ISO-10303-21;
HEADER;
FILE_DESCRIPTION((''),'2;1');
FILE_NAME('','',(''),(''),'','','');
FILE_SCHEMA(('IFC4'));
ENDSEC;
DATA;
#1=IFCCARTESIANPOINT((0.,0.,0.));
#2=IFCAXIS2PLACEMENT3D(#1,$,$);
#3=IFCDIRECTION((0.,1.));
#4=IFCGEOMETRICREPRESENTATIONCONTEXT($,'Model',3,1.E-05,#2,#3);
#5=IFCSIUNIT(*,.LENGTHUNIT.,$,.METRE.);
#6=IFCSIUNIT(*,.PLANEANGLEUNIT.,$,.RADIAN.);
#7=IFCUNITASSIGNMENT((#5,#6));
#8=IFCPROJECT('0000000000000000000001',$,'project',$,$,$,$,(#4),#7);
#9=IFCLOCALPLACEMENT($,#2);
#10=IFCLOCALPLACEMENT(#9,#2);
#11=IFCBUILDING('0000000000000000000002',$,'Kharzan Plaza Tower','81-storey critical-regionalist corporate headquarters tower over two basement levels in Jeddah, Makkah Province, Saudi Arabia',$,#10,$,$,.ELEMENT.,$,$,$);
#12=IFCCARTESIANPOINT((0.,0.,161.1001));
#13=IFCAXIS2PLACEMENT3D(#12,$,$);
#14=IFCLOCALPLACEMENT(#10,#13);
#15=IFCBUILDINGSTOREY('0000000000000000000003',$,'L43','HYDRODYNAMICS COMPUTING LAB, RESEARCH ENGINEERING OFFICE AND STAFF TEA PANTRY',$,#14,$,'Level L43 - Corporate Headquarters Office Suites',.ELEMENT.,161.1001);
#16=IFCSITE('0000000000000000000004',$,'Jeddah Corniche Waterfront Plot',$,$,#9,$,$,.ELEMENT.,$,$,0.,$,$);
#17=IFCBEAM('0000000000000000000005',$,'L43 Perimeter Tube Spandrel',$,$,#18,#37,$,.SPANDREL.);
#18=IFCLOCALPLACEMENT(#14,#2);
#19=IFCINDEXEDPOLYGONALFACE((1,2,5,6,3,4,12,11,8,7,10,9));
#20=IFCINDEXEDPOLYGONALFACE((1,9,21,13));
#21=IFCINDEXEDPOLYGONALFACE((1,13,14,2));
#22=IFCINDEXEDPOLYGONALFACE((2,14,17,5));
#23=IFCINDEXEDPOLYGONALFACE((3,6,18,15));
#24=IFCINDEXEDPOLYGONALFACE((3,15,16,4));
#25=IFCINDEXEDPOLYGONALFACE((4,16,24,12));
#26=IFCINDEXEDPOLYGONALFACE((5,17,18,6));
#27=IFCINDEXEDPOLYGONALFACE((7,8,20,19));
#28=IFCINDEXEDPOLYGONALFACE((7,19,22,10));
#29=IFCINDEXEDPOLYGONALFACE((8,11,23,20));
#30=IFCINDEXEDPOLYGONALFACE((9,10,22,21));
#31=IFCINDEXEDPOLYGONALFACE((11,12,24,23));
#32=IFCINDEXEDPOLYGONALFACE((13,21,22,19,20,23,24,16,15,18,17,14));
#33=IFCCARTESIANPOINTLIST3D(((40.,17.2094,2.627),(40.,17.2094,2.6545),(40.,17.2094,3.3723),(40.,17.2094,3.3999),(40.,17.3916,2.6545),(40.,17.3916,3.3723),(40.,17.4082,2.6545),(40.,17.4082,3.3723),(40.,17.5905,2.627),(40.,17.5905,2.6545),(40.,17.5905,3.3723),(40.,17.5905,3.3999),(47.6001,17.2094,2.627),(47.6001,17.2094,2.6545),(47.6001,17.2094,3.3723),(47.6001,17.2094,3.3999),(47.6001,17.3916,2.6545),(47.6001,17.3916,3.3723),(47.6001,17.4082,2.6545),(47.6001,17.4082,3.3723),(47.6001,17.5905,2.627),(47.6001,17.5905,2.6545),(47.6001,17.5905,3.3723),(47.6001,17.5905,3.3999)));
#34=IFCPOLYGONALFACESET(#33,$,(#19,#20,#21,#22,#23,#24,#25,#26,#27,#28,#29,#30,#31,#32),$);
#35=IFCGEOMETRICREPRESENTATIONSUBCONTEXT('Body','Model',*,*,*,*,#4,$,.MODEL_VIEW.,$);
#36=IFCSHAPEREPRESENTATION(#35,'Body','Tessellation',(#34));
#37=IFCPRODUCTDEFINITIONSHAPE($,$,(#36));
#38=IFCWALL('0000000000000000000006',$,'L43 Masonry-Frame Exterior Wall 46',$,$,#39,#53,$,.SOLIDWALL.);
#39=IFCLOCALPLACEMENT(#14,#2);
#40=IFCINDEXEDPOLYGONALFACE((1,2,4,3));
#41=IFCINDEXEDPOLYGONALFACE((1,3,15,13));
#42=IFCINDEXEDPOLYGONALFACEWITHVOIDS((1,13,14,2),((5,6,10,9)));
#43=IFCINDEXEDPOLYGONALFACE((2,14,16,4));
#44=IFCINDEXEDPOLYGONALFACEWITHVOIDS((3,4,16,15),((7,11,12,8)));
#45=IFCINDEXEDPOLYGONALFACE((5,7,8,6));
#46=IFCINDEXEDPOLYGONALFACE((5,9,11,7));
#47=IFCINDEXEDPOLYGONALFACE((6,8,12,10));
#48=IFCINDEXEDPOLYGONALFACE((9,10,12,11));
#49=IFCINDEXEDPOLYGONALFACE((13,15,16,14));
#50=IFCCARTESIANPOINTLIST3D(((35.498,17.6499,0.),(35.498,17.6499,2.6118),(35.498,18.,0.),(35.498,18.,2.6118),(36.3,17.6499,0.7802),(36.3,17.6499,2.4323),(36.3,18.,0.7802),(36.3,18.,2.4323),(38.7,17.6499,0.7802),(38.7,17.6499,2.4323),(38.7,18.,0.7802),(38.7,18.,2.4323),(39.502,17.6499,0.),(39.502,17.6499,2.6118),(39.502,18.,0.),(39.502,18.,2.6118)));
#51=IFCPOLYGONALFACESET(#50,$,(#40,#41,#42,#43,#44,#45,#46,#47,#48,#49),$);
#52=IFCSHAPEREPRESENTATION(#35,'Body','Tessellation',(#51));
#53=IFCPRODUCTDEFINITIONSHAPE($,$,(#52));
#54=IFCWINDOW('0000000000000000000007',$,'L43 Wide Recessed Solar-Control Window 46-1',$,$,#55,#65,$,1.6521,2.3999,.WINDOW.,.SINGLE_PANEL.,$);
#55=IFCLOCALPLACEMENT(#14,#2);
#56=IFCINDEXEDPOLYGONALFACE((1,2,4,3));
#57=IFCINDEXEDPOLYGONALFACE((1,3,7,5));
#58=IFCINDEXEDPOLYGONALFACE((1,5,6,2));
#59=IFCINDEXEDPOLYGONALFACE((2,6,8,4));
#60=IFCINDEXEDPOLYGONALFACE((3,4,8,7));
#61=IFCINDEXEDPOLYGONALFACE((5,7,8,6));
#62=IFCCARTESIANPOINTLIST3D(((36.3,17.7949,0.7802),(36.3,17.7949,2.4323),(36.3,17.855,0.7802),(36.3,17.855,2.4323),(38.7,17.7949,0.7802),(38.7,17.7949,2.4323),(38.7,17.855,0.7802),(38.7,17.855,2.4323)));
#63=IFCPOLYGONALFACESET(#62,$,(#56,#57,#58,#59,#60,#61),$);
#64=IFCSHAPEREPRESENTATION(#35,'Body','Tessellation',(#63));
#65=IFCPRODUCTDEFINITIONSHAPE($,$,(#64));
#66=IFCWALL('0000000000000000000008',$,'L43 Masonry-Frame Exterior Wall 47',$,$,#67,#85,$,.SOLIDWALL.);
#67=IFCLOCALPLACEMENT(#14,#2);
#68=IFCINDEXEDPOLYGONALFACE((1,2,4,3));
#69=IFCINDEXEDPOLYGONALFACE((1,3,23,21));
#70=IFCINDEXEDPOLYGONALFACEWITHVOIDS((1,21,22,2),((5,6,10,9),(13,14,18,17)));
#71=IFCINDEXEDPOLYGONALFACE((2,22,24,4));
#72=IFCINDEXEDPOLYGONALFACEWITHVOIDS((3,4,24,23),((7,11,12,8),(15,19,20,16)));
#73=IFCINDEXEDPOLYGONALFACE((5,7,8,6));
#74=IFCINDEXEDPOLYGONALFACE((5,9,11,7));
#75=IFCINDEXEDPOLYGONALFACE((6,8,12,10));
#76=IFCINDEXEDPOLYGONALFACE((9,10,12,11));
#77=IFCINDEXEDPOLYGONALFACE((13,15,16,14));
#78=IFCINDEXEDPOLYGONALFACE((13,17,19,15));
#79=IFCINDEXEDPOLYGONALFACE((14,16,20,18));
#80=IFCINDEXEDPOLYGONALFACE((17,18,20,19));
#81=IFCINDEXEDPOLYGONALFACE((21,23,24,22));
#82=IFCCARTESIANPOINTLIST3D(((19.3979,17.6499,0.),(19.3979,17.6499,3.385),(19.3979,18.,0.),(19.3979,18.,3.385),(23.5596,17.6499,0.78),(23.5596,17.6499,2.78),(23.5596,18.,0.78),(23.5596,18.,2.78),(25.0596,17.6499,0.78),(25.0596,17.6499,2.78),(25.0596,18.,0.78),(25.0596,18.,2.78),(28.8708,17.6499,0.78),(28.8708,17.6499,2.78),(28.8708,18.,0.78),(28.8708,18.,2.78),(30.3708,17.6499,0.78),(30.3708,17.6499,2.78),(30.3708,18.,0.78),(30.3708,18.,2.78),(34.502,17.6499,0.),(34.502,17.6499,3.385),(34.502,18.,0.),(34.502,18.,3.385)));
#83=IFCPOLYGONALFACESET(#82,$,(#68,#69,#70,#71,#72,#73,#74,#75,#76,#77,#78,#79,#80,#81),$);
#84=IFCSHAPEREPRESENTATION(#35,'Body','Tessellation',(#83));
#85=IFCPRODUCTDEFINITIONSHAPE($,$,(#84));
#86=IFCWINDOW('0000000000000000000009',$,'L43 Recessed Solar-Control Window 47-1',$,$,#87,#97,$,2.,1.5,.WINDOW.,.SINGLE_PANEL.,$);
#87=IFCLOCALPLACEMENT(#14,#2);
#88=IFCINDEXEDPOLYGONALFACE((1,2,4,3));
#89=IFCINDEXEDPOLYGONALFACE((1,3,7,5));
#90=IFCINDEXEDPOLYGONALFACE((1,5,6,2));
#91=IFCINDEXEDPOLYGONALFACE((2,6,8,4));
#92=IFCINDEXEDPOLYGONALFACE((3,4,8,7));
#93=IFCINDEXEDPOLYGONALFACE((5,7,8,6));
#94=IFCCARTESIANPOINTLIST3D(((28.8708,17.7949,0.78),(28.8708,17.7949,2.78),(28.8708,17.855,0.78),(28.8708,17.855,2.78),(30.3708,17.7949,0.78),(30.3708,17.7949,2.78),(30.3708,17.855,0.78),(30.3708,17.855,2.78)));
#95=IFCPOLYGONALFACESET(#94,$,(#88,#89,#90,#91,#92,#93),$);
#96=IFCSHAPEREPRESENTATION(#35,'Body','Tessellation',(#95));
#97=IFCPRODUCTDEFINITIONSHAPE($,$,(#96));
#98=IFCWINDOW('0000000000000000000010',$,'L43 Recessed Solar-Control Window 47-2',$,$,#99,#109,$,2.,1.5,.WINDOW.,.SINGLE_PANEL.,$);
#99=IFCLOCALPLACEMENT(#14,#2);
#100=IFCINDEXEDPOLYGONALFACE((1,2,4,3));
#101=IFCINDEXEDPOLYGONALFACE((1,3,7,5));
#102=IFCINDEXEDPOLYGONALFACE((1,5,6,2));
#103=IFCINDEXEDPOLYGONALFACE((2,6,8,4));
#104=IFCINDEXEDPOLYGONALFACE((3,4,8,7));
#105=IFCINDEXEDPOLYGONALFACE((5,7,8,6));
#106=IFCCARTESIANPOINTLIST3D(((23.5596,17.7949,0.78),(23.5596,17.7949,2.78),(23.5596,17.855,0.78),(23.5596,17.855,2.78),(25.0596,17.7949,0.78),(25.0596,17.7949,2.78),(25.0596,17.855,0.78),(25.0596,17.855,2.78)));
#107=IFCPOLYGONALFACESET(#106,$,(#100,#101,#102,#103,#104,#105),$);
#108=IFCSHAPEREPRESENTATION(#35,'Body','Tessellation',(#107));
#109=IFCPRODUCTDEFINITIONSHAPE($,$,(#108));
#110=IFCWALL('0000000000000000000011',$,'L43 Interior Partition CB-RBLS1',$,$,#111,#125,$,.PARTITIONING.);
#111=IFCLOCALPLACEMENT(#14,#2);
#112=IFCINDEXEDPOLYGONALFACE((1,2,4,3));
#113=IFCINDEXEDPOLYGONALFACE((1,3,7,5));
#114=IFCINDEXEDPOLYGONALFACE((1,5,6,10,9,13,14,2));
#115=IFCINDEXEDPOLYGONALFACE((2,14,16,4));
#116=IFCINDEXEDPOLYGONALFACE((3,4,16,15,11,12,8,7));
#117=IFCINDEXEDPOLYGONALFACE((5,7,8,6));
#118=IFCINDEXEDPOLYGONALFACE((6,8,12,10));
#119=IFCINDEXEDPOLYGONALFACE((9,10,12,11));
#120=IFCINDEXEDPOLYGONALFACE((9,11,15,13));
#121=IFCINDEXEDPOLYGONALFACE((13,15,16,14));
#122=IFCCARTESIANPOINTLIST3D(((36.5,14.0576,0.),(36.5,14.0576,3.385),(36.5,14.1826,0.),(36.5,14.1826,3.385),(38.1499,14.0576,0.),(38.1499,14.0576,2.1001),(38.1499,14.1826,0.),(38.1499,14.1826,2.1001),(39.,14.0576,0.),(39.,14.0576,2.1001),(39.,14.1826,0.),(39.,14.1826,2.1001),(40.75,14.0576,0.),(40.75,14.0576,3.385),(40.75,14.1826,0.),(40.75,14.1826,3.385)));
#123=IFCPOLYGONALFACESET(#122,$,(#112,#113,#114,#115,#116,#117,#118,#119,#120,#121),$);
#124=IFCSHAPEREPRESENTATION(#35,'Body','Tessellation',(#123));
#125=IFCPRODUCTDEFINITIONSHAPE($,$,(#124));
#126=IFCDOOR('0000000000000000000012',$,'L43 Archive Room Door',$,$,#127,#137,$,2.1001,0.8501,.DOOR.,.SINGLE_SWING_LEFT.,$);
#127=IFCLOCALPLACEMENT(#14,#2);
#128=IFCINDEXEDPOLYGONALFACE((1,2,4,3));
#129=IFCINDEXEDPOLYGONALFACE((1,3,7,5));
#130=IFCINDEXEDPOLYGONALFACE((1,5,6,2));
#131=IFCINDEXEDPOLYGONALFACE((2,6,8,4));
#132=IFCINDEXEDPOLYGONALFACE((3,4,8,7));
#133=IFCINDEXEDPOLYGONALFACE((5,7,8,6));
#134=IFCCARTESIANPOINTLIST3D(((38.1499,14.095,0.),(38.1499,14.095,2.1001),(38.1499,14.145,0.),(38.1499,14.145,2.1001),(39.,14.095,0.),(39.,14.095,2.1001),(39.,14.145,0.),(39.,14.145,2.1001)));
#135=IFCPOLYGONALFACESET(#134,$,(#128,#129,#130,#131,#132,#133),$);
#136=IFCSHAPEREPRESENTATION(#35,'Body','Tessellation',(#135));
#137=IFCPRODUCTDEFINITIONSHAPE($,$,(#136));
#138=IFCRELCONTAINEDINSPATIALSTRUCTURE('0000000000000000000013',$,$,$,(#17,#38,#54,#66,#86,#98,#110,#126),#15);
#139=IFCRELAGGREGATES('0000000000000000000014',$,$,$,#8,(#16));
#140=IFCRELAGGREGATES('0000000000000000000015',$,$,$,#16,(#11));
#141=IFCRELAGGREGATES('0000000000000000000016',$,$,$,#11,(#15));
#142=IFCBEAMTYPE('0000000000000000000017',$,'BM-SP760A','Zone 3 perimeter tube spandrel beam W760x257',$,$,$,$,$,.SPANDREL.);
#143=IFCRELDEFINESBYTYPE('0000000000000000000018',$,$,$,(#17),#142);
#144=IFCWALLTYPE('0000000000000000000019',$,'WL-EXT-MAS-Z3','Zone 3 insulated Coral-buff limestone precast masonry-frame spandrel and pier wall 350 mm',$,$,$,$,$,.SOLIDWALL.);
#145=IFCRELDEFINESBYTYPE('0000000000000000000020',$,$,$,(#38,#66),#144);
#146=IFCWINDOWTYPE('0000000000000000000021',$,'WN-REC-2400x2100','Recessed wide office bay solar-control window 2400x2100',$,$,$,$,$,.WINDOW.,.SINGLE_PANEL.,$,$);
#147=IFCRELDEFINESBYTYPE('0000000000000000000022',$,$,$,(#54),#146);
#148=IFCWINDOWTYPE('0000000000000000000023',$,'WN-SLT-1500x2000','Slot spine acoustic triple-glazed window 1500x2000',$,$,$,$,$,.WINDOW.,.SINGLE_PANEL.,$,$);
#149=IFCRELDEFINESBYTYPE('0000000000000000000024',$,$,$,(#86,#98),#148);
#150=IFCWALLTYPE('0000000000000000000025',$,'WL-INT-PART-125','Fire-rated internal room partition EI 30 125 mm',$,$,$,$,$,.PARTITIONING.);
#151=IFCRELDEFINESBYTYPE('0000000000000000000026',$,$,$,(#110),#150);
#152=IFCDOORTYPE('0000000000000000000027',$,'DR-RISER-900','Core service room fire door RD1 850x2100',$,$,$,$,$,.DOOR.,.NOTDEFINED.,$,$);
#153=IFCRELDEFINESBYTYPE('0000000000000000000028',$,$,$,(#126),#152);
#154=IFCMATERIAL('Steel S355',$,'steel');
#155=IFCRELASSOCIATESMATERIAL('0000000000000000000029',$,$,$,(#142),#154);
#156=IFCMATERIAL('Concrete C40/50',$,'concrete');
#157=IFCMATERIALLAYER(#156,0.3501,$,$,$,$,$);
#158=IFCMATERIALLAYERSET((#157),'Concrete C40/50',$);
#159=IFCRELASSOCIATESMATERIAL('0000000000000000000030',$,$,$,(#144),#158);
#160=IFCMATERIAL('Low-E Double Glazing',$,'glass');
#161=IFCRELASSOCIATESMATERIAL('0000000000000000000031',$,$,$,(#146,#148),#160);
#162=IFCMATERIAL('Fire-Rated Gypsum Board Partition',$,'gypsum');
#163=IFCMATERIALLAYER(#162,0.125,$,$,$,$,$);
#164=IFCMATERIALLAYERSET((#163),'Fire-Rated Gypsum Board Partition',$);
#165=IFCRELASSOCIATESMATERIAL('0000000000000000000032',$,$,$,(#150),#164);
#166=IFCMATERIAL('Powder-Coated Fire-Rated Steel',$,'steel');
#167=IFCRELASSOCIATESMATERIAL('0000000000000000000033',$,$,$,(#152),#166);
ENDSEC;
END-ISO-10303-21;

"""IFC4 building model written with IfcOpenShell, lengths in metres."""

from ifc_helpers import new_model, si_unit, direction, frame, frame_2d, origin, origin_2d, place, context, subcontext, project, spatial, rectangle, i_section, extrude, source, transform, mapped, material, layer, layer_set, material_profile, profile_set, type_object, element, fill, save


model = new_model("IFC4")

# Units and contexts
model_context = context("Model", 3, precision=1e-05, world=origin(), true_north=direction((0.0, 1.0)))
body_context = subcontext(model_context, "Body", "Model", "MODEL_VIEW")
ifc_project = project(units=[si_unit("LENGTHUNIT", "METRE"), si_unit("PLANEANGLEUNIT", "RADIAN")], contexts=[model_context])

# Site, building, storey
site_placement = place(None, origin())
site = spatial("IfcSite", under=ifc_project, at=site_placement, Name="Jeddah Corniche Waterfront Plot", CompositionType="ELEMENT", RefElevation=0.0)
building_placement = place(site_placement, origin())
building = spatial("IfcBuilding", under=site, at=building_placement, Name="Kharzan Plaza Tower", Description="81-storey critical-regionalist corporate headquarters tower over two basement levels in Jeddah, Makkah Province, Saudi Arabia", CompositionType="ELEMENT")
storey_placement = place(building_placement, frame((0.0, 0.0, 161.1001)))
storey = spatial("IfcBuildingStorey", under=building, at=storey_placement, Name="L43", Description="HYDRODYNAMICS COMPUTING LAB, RESEARCH ENGINEERING OFFICE AND STAFF TEA PANTRY", LongName="Level L43 - Corporate Headquarters Office Suites", CompositionType="ELEMENT", Elevation=161.1001)

# Beam
ifc_material_1 = material(Name="Steel S355", Category="steel")
ifc_material_profile_1 = material_profile(ifc_material_1, i_section(OverallWidth=0.3811, OverallDepth=0.7729, WebThickness=0.0166, FlangeThickness=0.0276, at=origin_2d()), Name="W760x257")
ifc_profile_set_1 = profile_set([ifc_material_profile_1], Name="Steel S355")
beam_type_1 = type_object("IfcBeamType", Name="BM-SP760A", Description="Zone 3 perimeter tube spandrel beam W760x257", PredefinedType="SPANDREL", material=ifc_profile_set_1)
shared_shape_1 = source(origin(), body_context, "Body", "SweptSolid", [
    extrude(i_section(OverallWidth=0.3811, OverallDepth=0.7729, WebThickness=0.0166, FlangeThickness=0.0276, at=origin_2d()), origin(), (0.0, 0.0, 1.0), 7.6001),
])
beam_1_placement = place(storey_placement, frame((40.0, 17.3999, 3.0134), z_axis=(1.0, 0.0, 0.0), x_axis=(0.0, 1.0, 0.0)))
element("IfcBeam", 1, at=beam_1_placement, inside=storey, type_object=beam_type_1, Name="L43 Perimeter Tube Spandrel", PredefinedType="SPANDREL", context=body_context, shape_type="MappedRepresentation", body=[
    mapped(shared_shape_1, transform((0.0, 0.0, 0.0), x_axis=(1.0, 0.0, 0.0), y_axis=(0.0, 1.0, 0.0), z_axis=(0.0, 0.0, 1.0))),
])

# Wall, opening, window
ifc_material_2 = material(Name="Concrete C40/50", Category="concrete")
ifc_layer_1 = layer(ifc_material_2, 0.3501)
ifc_layer_set_1 = layer_set([ifc_layer_1], Name="Concrete C40/50")
wall_type_1 = type_object("IfcWallType", Name="WL-EXT-MAS-Z3", Description="Zone 3 insulated Coral-buff limestone precast masonry-frame spandrel and pier wall 350 mm", PredefinedType="SOLIDWALL", material=ifc_layer_set_1)
wall_1_placement = place(storey_placement, frame((39.502, 17.825, 0.0), z_axis=(0.0, 0.0, 1.0), x_axis=(-1.0, 0.0, 0.0)))
wall_1 = element("IfcWall", 2, at=wall_1_placement, inside=storey, type_object=wall_type_1, Name="L43 Masonry-Frame Exterior Wall 46", PredefinedType="SOLIDWALL", context=body_context, shape_type="SweptSolid", body=[
    extrude(rectangle(XDim=4.0039, YDim=0.3501, at=frame_2d((2.002, 0.0))), origin(), (0.0, 0.0, 1.0), 2.6118),
])
opening_1_placement = place(wall_1_placement, frame((0.802, 0.0, 0.78)))
opening_1 = element("IfcOpeningElement", 3, at=opening_1_placement, cuts=wall_1, PredefinedType="OPENING", context=body_context, shape_type="SweptSolid", body=[
    extrude(rectangle(XDim=2.3999, YDim=1.6521, at=frame_2d((1.2, 0.8262))), frame((0.0, 0.1851, 0.0), z_axis=(0.0, -1.0, 0.0), x_axis=(1.0, 0.0, 0.0)), (0.0, 0.0, 1.0), 0.3701),
])
ifc_material_3 = material(Name="Low-E Double Glazing", Category="glass")
window_type_1 = type_object("IfcWindowType", Name="WN-REC-2400x2100", Description="Recessed wide office bay solar-control window 2400x2100", PartitioningType="SINGLE_PANEL", PredefinedType="WINDOW", material=ifc_material_3)
shared_shape_2 = source(origin(), body_context, "Body", "SweptSolid", [
    extrude(rectangle(XDim=2.3999, YDim=1.6521, at=frame_2d((1.2, 0.8262))), frame((0.0, 0.03, 0.0), z_axis=(0.0, -1.0, 0.0), x_axis=(1.0, 0.0, 0.0)), (0.0, 0.0, 1.0), 0.0601),
])
window_1_placement = place(opening_1_placement, origin())
window_1 = element("IfcWindow", 4, at=window_1_placement, inside=storey, type_object=window_type_1, Name="L43 Wide Recessed Solar-Control Window 46-1", OverallHeight=1.6521, OverallWidth=2.3999, PartitioningType="SINGLE_PANEL", PredefinedType="WINDOW", context=body_context, shape_type="MappedRepresentation", body=[
    mapped(shared_shape_2, transform((0.0, 0.0, 0.0), x_axis=(1.0, 0.0, 0.0), y_axis=(0.0, 1.0, 0.0), z_axis=(0.0, 0.0, 1.0))),
])
fill(opening_1, window_1)

# Wall, openings, windows
wall_2_placement = place(storey_placement, frame((34.502, 17.825, 0.0), z_axis=(0.0, 0.0, 1.0), x_axis=(-1.0, 0.0, 0.0)))
wall_2 = element("IfcWall", 5, at=wall_2_placement, inside=storey, type_object=wall_type_1, Name="L43 Masonry-Frame Exterior Wall 47", PredefinedType="SOLIDWALL", context=body_context, shape_type="SweptSolid", body=[
    extrude(rectangle(XDim=15.104, YDim=0.3501, at=frame_2d((7.552, 0.0))), origin(), (0.0, 0.0, 1.0), 3.385),
])
opening_2_placement = place(wall_2_placement, frame((4.1311, 0.0, 0.78)))
opening_2 = element("IfcOpeningElement", 6, at=opening_2_placement, cuts=wall_2, PredefinedType="OPENING", context=body_context, shape_type="SweptSolid", body=[
    extrude(rectangle(XDim=1.5, YDim=2.0, at=frame_2d((0.75, 1.0))), frame((0.0, 0.1851, 0.0), z_axis=(0.0, -1.0, 0.0), x_axis=(1.0, 0.0, 0.0)), (0.0, 0.0, 1.0), 0.3701),
])
opening_3_placement = place(wall_2_placement, frame((9.4424, 0.0, 0.78)))
opening_3 = element("IfcOpeningElement", 7, at=opening_3_placement, cuts=wall_2, PredefinedType="OPENING", context=body_context, shape_type="SweptSolid", body=[
    extrude(rectangle(XDim=1.5, YDim=2.0, at=frame_2d((0.75, 1.0))), frame((0.0, 0.1851, 0.0), z_axis=(0.0, -1.0, 0.0), x_axis=(1.0, 0.0, 0.0)), (0.0, 0.0, 1.0), 0.3701),
])
window_type_2 = type_object("IfcWindowType", Name="WN-SLT-1500x2000", Description="Slot spine acoustic triple-glazed window 1500x2000", PartitioningType="SINGLE_PANEL", PredefinedType="WINDOW", material=ifc_material_3)
shared_shape_3 = source(origin(), body_context, "Body", "SweptSolid", [
    extrude(rectangle(XDim=1.5, YDim=2.0, at=frame_2d((0.75, 1.0))), frame((0.0, 0.03, 0.0), z_axis=(0.0, -1.0, 0.0), x_axis=(1.0, 0.0, 0.0)), (0.0, 0.0, 1.0), 0.0601),
])
window_2_placement = place(opening_2_placement, origin())
window_2 = element("IfcWindow", 8, at=window_2_placement, inside=storey, type_object=window_type_2, Name="L43 Recessed Solar-Control Window 47-1", OverallHeight=2.0, OverallWidth=1.5, PartitioningType="SINGLE_PANEL", PredefinedType="WINDOW", context=body_context, shape_type="MappedRepresentation", body=[
    mapped(shared_shape_3, transform((0.0, 0.0, 0.0), x_axis=(1.0, 0.0, 0.0), y_axis=(0.0, 1.0, 0.0), z_axis=(0.0, 0.0, 1.0))),
])
fill(opening_2, window_2)
window_3_placement = place(opening_3_placement, origin())
window_3 = element("IfcWindow", 9, at=window_3_placement, inside=storey, type_object=window_type_2, Name="L43 Recessed Solar-Control Window 47-2", OverallHeight=2.0, OverallWidth=1.5, PartitioningType="SINGLE_PANEL", PredefinedType="WINDOW", context=body_context, shape_type="MappedRepresentation", body=[
    mapped(shared_shape_3, transform((0.0, 0.0, 0.0), x_axis=(1.0, 0.0, 0.0), y_axis=(0.0, 1.0, 0.0), z_axis=(0.0, 0.0, 1.0))),
])
fill(opening_3, window_3)

# Wall, opening, door
ifc_material_4 = material(Name="Fire-Rated Gypsum Board Partition", Category="gypsum")
ifc_layer_2 = layer(ifc_material_4, 0.125)
ifc_layer_set_2 = layer_set([ifc_layer_2], Name="Fire-Rated Gypsum Board Partition")
wall_type_2 = type_object("IfcWallType", Name="WL-INT-PART-125", Description="Fire-rated internal room partition EI 30 125 mm", PredefinedType="PARTITIONING", material=ifc_layer_set_2)
wall_3_placement = place(storey_placement, frame((36.5, 14.1201, 0.0), z_axis=(0.0, 0.0, 1.0), x_axis=(1.0, 0.0, 0.0)))
wall_3 = element("IfcWall", 10, at=wall_3_placement, inside=storey, type_object=wall_type_2, Name="L43 Interior Partition CB-RBLS1", PredefinedType="PARTITIONING", context=body_context, shape_type="SweptSolid", body=[
    extrude(rectangle(XDim=4.25, YDim=0.125, at=frame_2d((2.125, 0.0))), origin(), (0.0, 0.0, 1.0), 3.385),
])
opening_4_placement = place(wall_3_placement, frame((1.6499, 0.0, 0.0)))
opening_4 = element("IfcOpeningElement", 11, at=opening_4_placement, cuts=wall_3, PredefinedType="OPENING", context=body_context, shape_type="SweptSolid", body=[
    extrude(rectangle(XDim=0.8501, YDim=2.1001, at=frame_2d((0.425, 1.05))), frame((0.0, 0.0725, 0.0), z_axis=(0.0, -1.0, 0.0), x_axis=(1.0, 0.0, 0.0)), (0.0, 0.0, 1.0), 0.145),
])
ifc_material_5 = material(Name="Powder-Coated Fire-Rated Steel", Category="steel")
door_type_1 = type_object("IfcDoorType", Name="DR-RISER-900", Description="Core service room fire door RD1 850x2100", OperationType="NOTDEFINED", PredefinedType="DOOR", material=ifc_material_5)
shared_shape_4 = source(origin(), body_context, "Body", "SweptSolid", [
    extrude(rectangle(XDim=0.8501, YDim=2.1001, at=frame_2d((0.425, 1.05))), frame((0.0, 0.0249, 0.0), z_axis=(0.0, -1.0, 0.0), x_axis=(1.0, 0.0, 0.0)), (0.0, 0.0, 1.0), 0.05),
])
door_1_placement = place(opening_4_placement, origin())
door_1 = element("IfcDoor", 12, at=door_1_placement, inside=storey, type_object=door_type_1, Name="L43 Archive Room Door", OperationType="SINGLE_SWING_LEFT", OverallHeight=2.1001, OverallWidth=0.8501, PredefinedType="DOOR", context=body_context, shape_type="MappedRepresentation", body=[
    mapped(shared_shape_4, transform((0.0, 0.0, 0.0), x_axis=(1.0, 0.0, 0.0), y_axis=(0.0, 1.0, 0.0), z_axis=(0.0, 0.0, 1.0))),
])
fill(opening_4, door_1)

save(model, "model.ifc")
